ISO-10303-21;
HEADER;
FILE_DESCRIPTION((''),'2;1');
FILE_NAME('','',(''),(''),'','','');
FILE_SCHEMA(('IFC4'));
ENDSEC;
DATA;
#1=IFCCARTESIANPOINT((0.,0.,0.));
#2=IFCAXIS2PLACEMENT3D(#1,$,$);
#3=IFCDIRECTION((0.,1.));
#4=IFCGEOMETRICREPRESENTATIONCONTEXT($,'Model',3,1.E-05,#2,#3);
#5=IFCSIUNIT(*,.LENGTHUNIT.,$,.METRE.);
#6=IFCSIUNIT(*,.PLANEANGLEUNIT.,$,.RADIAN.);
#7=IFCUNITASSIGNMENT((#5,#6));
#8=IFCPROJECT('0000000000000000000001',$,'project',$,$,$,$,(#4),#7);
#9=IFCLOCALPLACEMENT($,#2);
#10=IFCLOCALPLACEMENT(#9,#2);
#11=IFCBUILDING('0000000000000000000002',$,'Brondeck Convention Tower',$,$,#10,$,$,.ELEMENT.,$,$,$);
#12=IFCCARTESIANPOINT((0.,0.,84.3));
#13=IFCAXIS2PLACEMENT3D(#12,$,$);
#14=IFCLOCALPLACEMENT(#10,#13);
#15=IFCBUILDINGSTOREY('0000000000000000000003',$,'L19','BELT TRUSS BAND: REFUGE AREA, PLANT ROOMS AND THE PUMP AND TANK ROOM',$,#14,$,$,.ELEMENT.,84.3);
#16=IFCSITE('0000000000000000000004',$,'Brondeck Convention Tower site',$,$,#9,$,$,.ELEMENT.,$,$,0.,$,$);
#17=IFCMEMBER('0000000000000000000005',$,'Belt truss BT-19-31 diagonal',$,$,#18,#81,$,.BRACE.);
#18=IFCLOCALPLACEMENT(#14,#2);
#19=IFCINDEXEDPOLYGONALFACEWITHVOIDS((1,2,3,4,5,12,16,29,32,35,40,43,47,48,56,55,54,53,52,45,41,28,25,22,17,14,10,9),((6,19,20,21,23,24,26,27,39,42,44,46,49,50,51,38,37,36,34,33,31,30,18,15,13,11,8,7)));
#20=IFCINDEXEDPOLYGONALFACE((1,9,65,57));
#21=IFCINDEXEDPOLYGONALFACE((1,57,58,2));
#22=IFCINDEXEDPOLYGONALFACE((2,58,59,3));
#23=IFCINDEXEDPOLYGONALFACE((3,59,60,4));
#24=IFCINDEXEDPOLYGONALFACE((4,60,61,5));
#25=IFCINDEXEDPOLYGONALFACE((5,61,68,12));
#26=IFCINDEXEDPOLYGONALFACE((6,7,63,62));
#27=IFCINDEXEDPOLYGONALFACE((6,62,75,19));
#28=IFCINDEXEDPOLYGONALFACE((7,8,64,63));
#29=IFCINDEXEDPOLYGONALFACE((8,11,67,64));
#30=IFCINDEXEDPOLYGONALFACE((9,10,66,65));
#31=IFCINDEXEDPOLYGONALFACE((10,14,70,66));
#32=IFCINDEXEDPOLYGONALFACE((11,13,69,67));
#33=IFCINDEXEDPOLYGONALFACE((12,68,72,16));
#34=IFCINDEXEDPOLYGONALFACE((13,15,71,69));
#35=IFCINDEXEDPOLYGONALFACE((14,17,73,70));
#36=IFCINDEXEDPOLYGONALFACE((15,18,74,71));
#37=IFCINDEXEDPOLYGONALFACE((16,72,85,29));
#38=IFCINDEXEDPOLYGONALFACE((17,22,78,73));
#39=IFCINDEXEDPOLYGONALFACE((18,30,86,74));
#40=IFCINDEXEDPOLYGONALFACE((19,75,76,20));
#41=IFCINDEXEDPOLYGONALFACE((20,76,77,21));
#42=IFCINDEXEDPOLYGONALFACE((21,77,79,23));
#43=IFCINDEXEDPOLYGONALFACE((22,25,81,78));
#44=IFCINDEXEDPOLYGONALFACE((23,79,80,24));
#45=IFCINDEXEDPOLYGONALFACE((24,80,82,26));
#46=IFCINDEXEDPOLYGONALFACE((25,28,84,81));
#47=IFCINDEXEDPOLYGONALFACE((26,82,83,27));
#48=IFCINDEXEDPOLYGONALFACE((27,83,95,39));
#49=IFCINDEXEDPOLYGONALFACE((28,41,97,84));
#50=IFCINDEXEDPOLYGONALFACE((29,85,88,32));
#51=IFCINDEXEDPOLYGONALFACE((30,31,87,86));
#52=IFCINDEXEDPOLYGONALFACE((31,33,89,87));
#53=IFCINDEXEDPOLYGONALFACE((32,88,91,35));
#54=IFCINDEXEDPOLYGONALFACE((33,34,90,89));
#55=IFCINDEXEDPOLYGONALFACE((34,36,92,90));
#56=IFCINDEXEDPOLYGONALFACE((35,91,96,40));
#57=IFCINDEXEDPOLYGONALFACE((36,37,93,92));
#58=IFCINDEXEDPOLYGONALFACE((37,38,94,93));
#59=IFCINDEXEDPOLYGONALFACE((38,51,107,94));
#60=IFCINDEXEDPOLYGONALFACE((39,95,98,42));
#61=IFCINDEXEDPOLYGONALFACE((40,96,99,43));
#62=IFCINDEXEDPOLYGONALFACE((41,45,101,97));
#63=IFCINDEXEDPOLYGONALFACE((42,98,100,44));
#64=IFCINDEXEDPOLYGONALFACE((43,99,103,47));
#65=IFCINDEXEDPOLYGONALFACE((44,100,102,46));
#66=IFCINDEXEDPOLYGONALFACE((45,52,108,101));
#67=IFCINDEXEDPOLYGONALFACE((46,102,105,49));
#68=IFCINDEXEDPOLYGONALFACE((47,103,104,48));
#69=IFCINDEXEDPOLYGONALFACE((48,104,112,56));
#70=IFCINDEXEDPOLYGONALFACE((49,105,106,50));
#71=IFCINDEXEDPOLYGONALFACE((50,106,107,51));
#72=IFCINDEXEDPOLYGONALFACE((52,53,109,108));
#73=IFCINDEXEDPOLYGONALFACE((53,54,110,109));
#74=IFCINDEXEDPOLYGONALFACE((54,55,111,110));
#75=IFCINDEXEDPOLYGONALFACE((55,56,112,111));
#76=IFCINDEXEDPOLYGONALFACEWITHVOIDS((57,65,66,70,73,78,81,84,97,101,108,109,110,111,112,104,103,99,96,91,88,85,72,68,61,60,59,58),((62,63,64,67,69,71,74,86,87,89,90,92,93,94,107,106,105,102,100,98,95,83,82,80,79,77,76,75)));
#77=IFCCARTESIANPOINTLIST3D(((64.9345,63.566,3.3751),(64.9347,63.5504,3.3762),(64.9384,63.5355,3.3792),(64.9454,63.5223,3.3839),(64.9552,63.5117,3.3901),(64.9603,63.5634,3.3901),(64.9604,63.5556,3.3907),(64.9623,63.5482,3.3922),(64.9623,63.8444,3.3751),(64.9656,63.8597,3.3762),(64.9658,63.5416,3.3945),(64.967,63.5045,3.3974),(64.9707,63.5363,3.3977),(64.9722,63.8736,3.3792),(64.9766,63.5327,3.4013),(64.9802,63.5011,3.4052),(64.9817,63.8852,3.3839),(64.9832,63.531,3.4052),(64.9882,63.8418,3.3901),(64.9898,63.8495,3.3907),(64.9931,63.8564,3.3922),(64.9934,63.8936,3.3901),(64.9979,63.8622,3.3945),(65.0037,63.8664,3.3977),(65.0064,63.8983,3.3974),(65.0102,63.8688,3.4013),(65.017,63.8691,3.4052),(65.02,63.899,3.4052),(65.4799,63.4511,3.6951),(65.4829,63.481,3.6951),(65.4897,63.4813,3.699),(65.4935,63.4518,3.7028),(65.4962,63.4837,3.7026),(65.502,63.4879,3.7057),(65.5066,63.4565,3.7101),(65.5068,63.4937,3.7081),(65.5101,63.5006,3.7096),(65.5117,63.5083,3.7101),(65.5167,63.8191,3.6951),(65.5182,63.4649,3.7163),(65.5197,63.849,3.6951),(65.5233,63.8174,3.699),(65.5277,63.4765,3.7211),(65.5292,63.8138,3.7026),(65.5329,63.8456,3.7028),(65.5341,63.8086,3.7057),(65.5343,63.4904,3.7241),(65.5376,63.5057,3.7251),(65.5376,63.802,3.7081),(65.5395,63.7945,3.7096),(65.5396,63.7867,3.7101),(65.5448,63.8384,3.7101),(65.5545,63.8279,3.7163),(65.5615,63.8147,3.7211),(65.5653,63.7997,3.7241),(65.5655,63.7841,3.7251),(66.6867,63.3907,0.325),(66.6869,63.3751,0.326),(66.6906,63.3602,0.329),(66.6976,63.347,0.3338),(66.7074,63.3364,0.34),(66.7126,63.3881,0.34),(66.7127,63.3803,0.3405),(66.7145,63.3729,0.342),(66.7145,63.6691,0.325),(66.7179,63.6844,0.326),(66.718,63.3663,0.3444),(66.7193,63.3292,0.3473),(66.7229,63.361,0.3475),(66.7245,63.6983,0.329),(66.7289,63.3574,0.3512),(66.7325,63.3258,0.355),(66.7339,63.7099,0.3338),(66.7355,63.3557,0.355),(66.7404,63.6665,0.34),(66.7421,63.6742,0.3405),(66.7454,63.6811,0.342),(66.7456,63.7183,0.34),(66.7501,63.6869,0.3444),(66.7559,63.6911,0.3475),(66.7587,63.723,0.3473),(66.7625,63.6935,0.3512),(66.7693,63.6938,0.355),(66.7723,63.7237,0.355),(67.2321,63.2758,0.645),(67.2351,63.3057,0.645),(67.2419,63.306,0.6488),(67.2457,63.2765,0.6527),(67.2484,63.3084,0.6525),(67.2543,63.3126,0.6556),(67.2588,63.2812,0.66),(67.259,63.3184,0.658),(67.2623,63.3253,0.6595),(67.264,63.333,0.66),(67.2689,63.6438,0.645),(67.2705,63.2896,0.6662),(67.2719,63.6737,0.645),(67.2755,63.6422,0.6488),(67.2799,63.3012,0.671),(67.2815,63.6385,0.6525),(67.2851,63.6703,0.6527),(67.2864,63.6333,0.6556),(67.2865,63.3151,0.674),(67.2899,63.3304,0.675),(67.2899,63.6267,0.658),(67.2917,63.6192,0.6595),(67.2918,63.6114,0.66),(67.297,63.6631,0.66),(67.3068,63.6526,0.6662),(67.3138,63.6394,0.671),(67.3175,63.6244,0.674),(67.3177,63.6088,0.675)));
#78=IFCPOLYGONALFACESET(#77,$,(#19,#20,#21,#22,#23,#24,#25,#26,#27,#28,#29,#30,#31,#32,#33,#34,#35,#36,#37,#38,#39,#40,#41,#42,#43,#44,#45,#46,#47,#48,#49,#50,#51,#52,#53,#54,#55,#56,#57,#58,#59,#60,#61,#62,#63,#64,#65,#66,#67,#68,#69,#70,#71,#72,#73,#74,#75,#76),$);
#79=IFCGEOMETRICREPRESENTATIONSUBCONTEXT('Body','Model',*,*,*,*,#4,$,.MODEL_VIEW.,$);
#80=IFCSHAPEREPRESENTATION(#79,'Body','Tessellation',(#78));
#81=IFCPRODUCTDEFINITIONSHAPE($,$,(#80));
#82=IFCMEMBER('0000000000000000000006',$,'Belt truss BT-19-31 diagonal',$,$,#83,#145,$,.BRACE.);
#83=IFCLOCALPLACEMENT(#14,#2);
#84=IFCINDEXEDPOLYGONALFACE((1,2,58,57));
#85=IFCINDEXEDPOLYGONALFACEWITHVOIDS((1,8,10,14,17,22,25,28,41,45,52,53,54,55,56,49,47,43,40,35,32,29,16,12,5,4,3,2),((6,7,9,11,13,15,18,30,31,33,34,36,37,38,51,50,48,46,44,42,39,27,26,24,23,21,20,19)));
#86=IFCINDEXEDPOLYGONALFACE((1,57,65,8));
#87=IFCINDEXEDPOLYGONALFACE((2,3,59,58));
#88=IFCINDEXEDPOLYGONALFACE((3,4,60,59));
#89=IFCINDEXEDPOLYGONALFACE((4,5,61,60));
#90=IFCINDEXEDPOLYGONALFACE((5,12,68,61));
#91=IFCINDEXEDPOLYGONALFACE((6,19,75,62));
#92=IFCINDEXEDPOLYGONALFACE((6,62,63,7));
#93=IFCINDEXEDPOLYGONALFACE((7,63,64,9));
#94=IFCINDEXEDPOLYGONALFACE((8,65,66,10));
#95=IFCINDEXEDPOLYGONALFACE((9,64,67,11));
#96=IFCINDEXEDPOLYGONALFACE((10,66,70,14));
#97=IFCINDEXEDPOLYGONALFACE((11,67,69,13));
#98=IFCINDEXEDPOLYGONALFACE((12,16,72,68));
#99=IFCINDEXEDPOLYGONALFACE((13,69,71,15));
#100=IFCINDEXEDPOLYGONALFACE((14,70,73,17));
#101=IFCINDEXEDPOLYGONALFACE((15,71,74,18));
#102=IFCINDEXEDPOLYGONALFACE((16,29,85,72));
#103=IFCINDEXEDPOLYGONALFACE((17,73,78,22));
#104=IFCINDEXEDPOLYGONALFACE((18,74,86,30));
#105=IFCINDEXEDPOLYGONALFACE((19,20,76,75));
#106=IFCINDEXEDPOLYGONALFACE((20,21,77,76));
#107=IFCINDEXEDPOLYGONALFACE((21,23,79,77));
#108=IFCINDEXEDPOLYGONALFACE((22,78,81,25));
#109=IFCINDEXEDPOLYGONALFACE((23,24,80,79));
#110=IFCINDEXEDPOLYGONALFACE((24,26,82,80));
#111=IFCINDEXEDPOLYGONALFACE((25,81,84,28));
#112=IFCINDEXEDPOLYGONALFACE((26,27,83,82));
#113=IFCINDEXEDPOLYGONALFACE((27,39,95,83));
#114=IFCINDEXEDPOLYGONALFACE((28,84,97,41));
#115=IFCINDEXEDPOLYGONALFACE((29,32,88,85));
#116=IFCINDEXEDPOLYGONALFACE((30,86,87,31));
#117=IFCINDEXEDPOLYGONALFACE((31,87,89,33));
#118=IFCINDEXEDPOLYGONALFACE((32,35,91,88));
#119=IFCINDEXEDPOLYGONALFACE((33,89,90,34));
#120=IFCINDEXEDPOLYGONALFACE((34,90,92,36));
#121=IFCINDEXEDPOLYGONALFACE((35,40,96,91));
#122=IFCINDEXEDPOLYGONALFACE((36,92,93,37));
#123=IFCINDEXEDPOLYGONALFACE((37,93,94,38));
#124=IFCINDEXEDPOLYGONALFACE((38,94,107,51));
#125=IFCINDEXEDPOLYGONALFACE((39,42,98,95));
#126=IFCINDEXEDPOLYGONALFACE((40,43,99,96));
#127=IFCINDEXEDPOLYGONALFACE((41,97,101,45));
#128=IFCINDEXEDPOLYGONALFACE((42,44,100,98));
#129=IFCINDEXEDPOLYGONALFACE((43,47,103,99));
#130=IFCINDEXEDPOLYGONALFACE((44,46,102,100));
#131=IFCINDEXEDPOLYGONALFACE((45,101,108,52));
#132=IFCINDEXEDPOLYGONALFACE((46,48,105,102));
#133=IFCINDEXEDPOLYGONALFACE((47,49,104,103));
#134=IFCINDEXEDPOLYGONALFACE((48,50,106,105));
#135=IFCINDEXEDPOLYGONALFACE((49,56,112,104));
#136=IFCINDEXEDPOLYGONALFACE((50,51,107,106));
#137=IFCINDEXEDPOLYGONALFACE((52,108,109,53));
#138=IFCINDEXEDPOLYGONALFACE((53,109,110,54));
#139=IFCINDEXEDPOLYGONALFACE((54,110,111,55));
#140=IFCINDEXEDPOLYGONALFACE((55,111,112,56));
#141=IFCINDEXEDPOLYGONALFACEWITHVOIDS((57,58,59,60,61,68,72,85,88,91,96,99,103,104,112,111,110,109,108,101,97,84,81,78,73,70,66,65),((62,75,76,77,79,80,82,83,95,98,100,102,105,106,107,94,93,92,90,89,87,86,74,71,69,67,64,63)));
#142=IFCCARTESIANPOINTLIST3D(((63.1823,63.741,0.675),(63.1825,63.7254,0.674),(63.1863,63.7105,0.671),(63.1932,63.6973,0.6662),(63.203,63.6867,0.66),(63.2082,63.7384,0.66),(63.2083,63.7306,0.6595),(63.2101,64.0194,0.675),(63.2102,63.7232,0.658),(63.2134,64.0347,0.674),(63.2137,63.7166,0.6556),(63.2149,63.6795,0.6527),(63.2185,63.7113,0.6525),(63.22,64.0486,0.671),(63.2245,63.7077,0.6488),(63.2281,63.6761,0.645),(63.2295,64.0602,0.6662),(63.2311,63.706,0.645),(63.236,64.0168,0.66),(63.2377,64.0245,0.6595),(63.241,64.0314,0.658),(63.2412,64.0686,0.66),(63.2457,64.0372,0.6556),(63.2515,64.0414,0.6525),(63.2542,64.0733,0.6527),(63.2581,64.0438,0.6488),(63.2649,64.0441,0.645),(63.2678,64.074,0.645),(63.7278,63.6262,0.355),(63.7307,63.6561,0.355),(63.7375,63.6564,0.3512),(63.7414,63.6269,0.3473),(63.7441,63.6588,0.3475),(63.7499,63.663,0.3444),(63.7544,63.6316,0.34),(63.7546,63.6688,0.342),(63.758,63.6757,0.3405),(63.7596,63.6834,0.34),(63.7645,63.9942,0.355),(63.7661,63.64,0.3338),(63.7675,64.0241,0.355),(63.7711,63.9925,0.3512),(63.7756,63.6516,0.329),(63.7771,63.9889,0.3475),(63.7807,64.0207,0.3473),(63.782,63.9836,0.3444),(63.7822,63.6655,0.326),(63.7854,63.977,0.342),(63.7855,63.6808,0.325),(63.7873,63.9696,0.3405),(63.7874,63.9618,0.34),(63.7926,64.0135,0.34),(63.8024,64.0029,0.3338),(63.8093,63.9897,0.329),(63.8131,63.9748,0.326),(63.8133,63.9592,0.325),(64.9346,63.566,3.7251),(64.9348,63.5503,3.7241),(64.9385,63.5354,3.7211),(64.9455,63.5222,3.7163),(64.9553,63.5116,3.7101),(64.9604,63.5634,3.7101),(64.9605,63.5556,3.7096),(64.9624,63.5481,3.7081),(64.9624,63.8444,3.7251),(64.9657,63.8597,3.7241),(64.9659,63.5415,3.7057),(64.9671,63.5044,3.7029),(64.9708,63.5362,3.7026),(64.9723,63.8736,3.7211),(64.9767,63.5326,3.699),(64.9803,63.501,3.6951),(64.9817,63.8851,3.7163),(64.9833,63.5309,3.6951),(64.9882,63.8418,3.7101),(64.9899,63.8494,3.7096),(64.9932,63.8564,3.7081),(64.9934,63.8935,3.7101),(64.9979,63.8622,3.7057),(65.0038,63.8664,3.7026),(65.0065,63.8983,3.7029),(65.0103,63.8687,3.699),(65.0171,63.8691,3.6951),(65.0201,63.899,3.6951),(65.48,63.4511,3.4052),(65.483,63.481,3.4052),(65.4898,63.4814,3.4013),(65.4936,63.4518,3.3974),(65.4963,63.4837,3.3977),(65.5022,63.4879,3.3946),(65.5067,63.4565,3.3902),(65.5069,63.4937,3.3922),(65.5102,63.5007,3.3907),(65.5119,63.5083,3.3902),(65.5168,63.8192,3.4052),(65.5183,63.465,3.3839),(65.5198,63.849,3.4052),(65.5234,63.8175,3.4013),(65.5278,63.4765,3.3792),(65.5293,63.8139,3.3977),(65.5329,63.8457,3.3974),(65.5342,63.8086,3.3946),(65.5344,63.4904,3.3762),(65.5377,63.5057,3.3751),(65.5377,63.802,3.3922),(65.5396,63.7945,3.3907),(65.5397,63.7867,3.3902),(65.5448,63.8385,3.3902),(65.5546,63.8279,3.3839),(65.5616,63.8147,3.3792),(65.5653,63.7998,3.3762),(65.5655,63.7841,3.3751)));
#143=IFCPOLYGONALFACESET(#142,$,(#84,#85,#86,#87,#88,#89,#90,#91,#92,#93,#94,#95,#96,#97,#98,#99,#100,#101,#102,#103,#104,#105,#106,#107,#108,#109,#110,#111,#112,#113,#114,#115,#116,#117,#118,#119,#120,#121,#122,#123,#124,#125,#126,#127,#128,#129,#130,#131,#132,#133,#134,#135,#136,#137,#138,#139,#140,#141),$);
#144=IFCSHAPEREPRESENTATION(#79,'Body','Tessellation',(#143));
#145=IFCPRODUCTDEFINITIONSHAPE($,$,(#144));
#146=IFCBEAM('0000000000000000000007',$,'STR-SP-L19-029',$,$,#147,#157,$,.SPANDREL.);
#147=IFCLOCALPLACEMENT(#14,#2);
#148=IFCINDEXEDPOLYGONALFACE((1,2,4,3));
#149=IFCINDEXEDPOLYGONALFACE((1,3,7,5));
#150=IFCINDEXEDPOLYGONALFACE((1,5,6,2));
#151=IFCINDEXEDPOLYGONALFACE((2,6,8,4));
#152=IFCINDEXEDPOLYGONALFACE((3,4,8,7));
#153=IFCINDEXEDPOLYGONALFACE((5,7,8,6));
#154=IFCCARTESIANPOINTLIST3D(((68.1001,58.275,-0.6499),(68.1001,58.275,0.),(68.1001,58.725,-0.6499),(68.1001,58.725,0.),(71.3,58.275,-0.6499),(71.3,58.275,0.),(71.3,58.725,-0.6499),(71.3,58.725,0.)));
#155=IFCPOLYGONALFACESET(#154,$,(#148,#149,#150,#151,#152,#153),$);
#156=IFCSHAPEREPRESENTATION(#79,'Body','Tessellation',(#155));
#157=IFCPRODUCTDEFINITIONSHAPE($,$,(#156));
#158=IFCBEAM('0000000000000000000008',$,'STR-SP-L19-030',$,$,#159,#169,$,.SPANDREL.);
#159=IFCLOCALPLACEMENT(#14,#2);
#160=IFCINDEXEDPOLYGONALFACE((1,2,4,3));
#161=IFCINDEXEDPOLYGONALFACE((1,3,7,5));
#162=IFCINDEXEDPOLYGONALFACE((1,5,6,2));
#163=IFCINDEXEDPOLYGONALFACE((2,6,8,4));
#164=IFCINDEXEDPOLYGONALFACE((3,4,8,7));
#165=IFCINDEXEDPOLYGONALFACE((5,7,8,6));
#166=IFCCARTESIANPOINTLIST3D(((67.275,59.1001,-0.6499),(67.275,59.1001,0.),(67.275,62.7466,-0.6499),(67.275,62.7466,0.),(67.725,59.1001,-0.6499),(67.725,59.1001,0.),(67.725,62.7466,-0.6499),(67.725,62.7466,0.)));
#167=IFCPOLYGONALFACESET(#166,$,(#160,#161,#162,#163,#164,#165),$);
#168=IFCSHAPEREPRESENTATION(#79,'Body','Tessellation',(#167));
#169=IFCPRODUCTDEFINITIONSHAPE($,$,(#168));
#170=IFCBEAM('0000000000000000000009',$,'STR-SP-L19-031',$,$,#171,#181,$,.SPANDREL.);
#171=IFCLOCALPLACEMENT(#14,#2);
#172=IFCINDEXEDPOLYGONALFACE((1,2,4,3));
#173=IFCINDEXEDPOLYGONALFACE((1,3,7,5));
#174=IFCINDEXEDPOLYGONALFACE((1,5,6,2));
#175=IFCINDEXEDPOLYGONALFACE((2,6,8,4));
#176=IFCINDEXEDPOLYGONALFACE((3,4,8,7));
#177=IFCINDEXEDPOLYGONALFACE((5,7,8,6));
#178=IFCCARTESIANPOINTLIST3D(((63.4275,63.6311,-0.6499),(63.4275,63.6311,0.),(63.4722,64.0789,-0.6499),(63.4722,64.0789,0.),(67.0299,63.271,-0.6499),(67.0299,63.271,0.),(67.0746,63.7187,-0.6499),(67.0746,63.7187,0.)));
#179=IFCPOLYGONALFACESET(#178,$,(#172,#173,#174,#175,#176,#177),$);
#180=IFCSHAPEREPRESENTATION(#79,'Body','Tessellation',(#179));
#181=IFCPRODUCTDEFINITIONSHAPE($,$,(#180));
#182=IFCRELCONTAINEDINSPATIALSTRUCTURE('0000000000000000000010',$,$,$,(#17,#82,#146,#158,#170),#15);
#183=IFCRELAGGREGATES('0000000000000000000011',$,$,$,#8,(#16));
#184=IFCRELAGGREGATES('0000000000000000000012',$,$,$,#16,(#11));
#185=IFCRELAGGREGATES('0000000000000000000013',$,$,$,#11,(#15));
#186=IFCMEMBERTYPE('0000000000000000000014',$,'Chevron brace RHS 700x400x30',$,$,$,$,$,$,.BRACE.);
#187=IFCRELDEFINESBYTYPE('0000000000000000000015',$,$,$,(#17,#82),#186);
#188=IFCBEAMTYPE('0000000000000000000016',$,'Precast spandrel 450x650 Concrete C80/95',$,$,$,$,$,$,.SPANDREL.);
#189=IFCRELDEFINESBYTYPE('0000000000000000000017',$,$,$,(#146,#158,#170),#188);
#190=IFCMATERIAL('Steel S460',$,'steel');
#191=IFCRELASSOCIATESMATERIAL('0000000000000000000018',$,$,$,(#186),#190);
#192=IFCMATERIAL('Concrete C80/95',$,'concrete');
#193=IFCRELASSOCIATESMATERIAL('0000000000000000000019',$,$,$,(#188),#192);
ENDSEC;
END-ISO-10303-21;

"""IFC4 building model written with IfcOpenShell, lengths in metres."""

from ifc_helpers import new_model, si_unit, direction, frame, origin, origin_2d, place, context, subcontext, project, spatial, rectangle, hollow_rectangle, extrude, material, material_profile, profile_set, type_object, element, save


model = new_model("IFC4")

# Units and contexts
model_context = context("Model", 3, precision=1e-05, world=origin(), true_north=direction((0.0, 1.0)))
body_context = subcontext(model_context, "Body", "Model", "MODEL_VIEW")
ifc_project = project(units=[si_unit("LENGTHUNIT", "METRE"), si_unit("PLANEANGLEUNIT", "RADIAN")], contexts=[model_context])

# Site, building, storey
site_placement = place(None, origin())
site = spatial("IfcSite", under=ifc_project, at=site_placement, Name="Brondeck Convention Tower site", CompositionType="ELEMENT", RefElevation=0.0)
building_placement = place(site_placement, origin())
building = spatial("IfcBuilding", under=site, at=building_placement, Name="Brondeck Convention Tower", CompositionType="ELEMENT")
storey_placement = place(building_placement, frame((0.0, 0.0, 84.3)))
storey = spatial("IfcBuildingStorey", under=building, at=storey_placement, Name="L19", Description="BELT TRUSS BAND: REFUGE AREA, PLANT ROOMS AND THE PUMP AND TANK ROOM", CompositionType="ELEMENT", Elevation=84.3)

# Shared definitions
ifc_material_1 = material(Name="Concrete C80/95", Category="concrete")

# Members
ifc_material_2 = material(Name="Steel S460", Category="steel")
ifc_material_profile_1 = material_profile(ifc_material_2, hollow_rectangle(XDim=0.3999, YDim=0.7, WallThickness=0.03, InnerFilletRadius=0.03, OuterFilletRadius=0.0601, at=origin_2d()), Name="RHS 700x400x30")
ifc_profile_set_1 = profile_set([ifc_material_profile_1], Name="Steel S460")
member_type_1 = type_object("IfcMemberType", Name="Chevron brace RHS 700x400x30", PredefinedType="BRACE", material=ifc_profile_set_1)
for number, where, z_axis, x_axis, name in (
    (1, (67.0022, 63.4998, 0.5), (-0.497516, 0.049772, 0.866026), (-0.099545, -0.995033, 0.0), "Belt truss BT-19-31 diagonal"),
    (2, (63.4978, 63.8501, 0.5), (0.497518, -0.049703, 0.866029), (0.099408, 0.995047, 0.0), "Belt truss BT-19-31 diagonal"),
):
    element("IfcMember", number, at=place(storey_placement, frame(where, z_axis=z_axis, x_axis=x_axis)), inside=storey, type_object=member_type_1, Name=name, PredefinedType="BRACE", context=body_context, shape_type="SweptSolid", body=[
        extrude(hollow_rectangle(XDim=0.3999, YDim=0.7, WallThickness=0.03, InnerFilletRadius=0.03, OuterFilletRadius=0.0601, at=origin_2d()), origin(), (0.0, 0.0, 1.0), 3.522),
    ])

# Beams
ifc_material_profile_2 = material_profile(ifc_material_1, rectangle(XDim=0.45, YDim=0.6499, at=origin_2d()), Name="Precast spandrel 450x650 Concrete C80/95")
ifc_profile_set_2 = profile_set([ifc_material_profile_2], Name="Concrete C80/95")
beam_type = type_object("IfcBeamType", Name="Precast spandrel 450x650 Concrete C80/95", PredefinedType="SPANDREL", material=ifc_profile_set_2)
beam_1_placement = place(storey_placement, frame((71.3, 58.5, -0.325), z_axis=(-1.0, 0.0, 0.0), x_axis=(0.0, -1.0, 0.0)))
element("IfcBeam", 3, at=beam_1_placement, inside=storey, type_object=beam_type, Name="STR-SP-L19-029", PredefinedType="SPANDREL", context=body_context, shape_type="SweptSolid", body=[
    extrude(rectangle(XDim=0.45, YDim=0.6499, at=origin_2d()), origin(), (0.0, 0.0, 1.0), 3.2),
])
beam_2_placement = place(storey_placement, frame((67.5, 59.1001, -0.325), z_axis=(0.0, 1.0, 0.0), x_axis=(-1.0, 0.0, 0.0)))
element("IfcBeam", 4, at=beam_2_placement, inside=storey, type_object=beam_type, Name="STR-SP-L19-030", PredefinedType="SPANDREL", context=body_context, shape_type="SweptSolid", body=[
    extrude(rectangle(XDim=0.45, YDim=0.6499, at=origin_2d()), origin(), (0.0, 0.0, 1.0), 3.6465),
])
beam_3_placement = place(storey_placement, frame((67.0522, 63.4949, -0.325), z_axis=(-0.995041, 0.09947, 0.0), x_axis=(-0.09947, -0.995041, 0.0)))
element("IfcBeam", 5, at=beam_3_placement, inside=storey, type_object=beam_type, Name="STR-SP-L19-031", PredefinedType="SPANDREL", context=body_context, shape_type="SweptSolid", body=[
    extrude(rectangle(XDim=0.45, YDim=0.6499, at=origin_2d()), origin(), (0.0, 0.0, 1.0), 3.6204),
])

save(model, "model.ifc")
